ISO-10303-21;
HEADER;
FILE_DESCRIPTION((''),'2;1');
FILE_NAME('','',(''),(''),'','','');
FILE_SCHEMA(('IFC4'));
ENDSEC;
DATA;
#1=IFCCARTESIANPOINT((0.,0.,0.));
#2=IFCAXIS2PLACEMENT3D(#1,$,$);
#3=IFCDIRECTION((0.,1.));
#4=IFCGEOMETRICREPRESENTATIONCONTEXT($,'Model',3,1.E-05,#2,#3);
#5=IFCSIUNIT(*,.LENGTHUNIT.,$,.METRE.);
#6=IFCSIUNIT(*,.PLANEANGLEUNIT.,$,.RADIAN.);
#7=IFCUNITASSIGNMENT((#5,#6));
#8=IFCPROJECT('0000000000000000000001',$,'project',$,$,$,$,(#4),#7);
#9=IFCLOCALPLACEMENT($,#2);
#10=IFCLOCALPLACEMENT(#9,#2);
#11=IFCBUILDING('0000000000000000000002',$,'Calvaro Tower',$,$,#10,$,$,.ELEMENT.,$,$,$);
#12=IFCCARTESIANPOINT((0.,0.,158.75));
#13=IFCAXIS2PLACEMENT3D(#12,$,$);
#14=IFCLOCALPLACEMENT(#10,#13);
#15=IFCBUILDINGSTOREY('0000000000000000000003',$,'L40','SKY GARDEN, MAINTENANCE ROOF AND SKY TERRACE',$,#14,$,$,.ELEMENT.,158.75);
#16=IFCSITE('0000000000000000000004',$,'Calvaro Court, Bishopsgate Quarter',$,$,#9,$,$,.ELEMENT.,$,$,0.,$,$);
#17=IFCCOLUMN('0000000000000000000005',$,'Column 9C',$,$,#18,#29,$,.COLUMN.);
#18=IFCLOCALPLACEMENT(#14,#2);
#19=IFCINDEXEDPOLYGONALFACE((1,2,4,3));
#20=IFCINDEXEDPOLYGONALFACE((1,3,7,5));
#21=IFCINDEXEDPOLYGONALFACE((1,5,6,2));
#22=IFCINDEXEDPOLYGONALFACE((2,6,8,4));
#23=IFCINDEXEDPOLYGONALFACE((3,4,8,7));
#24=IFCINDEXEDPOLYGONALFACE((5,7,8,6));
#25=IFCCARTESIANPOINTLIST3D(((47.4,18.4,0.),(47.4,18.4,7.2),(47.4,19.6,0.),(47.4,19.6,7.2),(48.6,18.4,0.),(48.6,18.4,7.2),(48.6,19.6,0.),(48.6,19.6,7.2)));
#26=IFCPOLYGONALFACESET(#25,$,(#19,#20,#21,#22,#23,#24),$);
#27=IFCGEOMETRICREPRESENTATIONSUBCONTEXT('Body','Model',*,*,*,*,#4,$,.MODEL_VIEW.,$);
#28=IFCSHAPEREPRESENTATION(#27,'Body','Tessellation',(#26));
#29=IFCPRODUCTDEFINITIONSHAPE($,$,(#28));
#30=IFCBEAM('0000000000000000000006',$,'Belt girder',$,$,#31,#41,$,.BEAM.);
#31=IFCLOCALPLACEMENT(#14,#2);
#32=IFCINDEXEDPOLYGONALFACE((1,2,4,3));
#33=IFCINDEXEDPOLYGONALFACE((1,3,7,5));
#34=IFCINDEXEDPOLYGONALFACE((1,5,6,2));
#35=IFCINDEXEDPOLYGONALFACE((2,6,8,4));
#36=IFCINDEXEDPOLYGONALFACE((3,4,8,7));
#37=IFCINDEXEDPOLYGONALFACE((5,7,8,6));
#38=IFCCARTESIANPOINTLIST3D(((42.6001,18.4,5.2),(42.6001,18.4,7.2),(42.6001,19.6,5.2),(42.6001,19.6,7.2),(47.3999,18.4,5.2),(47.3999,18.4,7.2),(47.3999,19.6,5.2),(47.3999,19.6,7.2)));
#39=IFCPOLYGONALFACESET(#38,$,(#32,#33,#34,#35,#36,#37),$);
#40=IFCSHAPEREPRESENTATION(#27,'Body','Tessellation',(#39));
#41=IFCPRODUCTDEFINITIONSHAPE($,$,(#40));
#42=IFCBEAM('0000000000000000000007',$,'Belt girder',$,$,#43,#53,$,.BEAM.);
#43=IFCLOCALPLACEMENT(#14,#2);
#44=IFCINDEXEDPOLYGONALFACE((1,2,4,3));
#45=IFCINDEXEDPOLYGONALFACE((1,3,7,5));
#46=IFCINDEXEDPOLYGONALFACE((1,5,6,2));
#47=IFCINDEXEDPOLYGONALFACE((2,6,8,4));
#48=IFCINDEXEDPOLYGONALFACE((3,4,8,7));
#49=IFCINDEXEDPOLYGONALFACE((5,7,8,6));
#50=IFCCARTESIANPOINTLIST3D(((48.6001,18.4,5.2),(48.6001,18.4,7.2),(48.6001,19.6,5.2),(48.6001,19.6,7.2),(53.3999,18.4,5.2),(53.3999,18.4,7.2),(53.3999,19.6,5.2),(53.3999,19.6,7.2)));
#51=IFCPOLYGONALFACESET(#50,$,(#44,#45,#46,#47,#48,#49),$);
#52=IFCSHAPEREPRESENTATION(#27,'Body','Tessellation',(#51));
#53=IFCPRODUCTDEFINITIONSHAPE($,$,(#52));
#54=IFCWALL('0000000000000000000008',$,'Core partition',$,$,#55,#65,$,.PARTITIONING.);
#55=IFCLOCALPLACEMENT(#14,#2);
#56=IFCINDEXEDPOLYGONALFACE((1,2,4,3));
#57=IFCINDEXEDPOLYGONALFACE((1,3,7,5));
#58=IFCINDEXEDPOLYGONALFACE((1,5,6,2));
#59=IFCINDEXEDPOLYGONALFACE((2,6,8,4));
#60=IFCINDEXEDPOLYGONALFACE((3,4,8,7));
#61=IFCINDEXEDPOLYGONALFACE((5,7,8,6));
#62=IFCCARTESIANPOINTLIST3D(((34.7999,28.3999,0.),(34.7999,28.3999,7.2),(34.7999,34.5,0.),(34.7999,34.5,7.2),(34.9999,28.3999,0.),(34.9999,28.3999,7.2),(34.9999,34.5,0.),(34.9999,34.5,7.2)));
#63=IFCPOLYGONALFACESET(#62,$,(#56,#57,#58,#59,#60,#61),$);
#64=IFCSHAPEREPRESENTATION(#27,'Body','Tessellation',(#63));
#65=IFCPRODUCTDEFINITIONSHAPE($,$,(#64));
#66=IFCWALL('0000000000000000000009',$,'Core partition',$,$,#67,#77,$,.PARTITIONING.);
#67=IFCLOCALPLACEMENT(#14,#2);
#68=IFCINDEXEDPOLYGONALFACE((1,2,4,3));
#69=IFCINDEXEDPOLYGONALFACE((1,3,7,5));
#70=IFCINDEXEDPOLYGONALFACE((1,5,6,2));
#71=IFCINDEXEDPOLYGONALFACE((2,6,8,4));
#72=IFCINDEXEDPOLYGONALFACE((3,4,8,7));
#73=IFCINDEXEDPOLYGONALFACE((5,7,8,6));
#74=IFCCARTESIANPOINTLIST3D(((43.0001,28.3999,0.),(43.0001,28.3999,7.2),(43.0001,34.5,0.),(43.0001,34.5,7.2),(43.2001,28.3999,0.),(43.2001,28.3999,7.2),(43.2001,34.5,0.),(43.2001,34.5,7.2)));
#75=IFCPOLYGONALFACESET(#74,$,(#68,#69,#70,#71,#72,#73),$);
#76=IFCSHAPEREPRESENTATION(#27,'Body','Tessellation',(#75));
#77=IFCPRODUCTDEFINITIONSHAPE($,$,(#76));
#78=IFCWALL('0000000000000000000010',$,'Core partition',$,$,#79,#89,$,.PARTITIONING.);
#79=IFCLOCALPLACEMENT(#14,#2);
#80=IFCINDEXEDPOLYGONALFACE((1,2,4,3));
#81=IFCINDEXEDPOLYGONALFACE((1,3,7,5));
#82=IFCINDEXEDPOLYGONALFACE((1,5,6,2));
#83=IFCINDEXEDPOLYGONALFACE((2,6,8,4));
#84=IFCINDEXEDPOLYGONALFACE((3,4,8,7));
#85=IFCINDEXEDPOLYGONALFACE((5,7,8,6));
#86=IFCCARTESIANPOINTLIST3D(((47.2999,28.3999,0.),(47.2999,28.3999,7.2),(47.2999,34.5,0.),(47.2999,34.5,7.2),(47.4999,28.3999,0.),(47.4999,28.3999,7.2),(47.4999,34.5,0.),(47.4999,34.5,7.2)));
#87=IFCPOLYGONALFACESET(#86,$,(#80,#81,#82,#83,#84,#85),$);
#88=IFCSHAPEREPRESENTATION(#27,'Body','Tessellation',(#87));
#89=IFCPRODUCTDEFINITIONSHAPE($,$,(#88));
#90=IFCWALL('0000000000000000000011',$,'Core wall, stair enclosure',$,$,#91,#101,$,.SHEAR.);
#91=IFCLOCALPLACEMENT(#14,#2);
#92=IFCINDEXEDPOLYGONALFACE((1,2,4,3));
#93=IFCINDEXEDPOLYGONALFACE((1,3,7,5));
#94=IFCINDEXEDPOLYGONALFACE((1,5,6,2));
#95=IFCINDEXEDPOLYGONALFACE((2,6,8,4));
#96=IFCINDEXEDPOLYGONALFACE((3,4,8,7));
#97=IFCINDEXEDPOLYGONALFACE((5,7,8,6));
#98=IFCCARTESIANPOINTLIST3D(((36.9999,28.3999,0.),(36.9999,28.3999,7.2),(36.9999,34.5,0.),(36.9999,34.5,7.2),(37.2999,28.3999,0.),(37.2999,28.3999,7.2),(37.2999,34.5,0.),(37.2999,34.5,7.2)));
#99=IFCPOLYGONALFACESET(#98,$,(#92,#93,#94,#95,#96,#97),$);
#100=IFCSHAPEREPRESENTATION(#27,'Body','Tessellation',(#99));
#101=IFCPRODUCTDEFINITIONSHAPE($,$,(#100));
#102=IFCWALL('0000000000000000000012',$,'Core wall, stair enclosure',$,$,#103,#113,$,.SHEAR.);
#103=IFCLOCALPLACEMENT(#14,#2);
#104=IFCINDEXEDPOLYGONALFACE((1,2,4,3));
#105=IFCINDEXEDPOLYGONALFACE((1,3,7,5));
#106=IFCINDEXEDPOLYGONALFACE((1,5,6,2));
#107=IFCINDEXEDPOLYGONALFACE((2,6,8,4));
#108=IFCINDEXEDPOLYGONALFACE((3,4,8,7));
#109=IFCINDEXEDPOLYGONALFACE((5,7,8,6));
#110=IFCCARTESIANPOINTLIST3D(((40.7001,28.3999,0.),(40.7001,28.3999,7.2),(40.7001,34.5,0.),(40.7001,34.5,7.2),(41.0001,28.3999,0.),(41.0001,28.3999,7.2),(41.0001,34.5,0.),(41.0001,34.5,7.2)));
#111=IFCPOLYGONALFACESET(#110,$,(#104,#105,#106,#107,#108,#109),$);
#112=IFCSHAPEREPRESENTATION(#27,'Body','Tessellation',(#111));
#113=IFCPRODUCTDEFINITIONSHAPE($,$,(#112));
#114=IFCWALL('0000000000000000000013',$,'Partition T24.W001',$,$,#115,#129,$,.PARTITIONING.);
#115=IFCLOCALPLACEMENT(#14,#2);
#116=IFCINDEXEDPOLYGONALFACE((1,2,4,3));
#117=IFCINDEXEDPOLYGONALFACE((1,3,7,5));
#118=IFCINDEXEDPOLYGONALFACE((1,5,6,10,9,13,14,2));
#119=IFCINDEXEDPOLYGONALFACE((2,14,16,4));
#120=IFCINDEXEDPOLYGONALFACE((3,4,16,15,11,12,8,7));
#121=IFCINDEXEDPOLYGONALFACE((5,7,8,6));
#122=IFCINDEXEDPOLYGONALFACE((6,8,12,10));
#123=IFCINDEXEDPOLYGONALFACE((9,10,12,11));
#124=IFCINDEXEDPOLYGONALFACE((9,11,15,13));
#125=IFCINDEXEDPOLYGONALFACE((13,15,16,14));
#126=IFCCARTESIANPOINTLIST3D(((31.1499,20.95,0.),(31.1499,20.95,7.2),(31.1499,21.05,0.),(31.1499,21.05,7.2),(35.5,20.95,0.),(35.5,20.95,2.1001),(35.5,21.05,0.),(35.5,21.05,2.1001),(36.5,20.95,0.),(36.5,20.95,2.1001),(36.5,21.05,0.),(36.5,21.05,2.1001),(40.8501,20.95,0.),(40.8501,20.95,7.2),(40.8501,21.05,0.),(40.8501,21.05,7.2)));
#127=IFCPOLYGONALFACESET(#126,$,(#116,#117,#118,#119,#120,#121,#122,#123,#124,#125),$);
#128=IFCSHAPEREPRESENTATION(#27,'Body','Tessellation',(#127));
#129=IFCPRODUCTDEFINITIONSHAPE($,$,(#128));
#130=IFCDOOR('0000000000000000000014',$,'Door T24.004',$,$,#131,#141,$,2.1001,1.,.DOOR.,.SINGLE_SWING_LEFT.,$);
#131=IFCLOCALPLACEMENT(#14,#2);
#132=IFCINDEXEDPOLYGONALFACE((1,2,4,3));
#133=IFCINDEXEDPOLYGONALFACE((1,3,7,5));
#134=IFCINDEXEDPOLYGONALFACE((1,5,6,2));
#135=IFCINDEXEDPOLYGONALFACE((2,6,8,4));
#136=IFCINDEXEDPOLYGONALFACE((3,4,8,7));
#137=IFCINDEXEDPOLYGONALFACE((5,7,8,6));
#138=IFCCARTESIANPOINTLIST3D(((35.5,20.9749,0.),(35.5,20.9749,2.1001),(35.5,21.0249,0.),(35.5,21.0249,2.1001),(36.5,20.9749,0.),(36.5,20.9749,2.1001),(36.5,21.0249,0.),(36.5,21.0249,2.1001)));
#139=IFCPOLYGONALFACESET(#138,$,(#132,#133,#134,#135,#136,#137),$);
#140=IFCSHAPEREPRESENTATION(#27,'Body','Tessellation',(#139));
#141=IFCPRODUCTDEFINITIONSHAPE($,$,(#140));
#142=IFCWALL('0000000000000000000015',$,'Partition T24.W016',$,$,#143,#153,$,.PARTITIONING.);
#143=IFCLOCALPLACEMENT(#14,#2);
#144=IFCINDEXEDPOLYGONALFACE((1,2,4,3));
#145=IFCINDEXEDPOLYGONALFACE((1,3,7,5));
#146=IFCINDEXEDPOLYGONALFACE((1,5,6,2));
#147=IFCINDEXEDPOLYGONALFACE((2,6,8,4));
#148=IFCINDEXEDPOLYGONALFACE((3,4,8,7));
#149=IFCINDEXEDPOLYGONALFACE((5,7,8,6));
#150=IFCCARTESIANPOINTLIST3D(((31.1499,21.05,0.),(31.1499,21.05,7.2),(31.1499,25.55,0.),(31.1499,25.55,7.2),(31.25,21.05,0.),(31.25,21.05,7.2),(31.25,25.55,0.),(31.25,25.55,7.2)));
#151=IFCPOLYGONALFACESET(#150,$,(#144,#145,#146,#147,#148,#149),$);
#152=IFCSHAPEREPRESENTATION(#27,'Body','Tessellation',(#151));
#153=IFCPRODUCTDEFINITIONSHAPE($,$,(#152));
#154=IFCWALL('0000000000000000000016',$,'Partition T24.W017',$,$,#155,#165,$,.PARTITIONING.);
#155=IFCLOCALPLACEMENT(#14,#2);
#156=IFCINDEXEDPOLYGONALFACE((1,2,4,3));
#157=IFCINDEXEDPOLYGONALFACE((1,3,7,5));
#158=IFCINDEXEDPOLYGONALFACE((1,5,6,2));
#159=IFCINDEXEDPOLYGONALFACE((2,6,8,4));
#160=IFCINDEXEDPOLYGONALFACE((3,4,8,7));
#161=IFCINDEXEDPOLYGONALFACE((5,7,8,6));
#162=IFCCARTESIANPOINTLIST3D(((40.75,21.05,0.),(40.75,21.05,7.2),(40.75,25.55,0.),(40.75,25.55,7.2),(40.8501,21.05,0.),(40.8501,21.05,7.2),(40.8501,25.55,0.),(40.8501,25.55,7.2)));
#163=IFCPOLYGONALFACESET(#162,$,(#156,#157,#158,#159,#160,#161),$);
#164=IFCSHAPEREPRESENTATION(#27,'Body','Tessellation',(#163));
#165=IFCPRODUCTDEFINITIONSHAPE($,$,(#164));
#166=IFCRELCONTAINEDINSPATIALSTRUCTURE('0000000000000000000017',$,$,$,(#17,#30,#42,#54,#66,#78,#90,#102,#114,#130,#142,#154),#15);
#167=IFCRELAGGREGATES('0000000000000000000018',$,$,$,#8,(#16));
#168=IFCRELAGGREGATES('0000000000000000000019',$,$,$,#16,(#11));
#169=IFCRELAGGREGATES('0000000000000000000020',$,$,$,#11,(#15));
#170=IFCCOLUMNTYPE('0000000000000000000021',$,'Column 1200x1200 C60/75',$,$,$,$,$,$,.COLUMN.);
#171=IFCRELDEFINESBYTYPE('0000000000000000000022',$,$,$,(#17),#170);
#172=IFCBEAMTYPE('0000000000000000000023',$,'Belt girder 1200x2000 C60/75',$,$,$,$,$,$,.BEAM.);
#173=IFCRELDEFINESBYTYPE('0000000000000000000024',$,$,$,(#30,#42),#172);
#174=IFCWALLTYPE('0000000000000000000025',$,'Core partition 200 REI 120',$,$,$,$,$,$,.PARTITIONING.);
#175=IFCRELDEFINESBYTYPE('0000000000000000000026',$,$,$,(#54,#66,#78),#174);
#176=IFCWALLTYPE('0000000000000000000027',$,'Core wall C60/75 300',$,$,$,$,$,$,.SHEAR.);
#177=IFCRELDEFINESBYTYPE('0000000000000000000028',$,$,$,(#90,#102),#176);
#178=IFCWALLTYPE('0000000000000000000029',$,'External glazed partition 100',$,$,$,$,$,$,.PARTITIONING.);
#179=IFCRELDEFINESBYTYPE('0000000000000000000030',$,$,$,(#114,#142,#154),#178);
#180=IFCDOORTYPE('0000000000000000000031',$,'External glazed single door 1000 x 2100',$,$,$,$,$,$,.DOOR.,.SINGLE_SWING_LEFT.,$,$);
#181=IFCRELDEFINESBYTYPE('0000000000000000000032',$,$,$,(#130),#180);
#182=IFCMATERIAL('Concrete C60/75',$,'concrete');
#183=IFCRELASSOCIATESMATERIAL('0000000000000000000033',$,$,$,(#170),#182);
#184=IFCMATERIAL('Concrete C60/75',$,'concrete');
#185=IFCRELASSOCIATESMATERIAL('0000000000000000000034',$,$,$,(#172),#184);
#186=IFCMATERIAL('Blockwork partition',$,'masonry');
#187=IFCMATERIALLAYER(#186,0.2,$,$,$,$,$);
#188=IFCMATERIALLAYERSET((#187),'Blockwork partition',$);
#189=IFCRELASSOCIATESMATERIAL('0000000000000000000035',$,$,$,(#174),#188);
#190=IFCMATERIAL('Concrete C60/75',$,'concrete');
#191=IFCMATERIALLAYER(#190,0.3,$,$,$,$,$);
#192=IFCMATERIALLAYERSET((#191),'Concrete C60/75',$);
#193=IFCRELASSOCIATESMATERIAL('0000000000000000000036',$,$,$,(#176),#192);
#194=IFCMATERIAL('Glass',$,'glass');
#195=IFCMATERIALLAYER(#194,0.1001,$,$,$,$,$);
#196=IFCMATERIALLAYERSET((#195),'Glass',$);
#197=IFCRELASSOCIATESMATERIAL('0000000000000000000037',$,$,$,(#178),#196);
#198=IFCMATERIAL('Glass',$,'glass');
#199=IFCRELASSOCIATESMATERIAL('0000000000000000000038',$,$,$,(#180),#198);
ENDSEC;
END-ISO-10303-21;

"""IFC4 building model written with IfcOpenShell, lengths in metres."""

from ifc_helpers import new_model, si_unit, direction, frame, frame_2d, origin, origin_2d, place, context, subcontext, project, spatial, rectangle, extrude, material, layer, layer_set, material_profile, profile_set, type_object, element, fill, save


model = new_model("IFC4")

# Units and contexts
model_context = context("Model", 3, precision=1e-05, world=origin(), true_north=direction((0.0, 1.0)))
body_context = subcontext(model_context, "Body", "Model", "MODEL_VIEW")
ifc_project = project(units=[si_unit("LENGTHUNIT", "METRE"), si_unit("PLANEANGLEUNIT", "RADIAN")], contexts=[model_context])

# Site, building, storey
site_placement = place(None, origin())
site = spatial("IfcSite", under=ifc_project, at=site_placement, Name="Calvaro Court, Bishopsgate Quarter", CompositionType="ELEMENT", RefElevation=0.0)
building_placement = place(site_placement, origin())
building = spatial("IfcBuilding", under=site, at=building_placement, Name="Calvaro Tower", CompositionType="ELEMENT")
storey_placement = place(building_placement, frame((0.0, 0.0, 158.75)))
storey = spatial("IfcBuildingStorey", under=building, at=storey_placement, Name="L40", Description="SKY GARDEN, MAINTENANCE ROOF AND SKY TERRACE", CompositionType="ELEMENT", Elevation=158.75)

# Column
ifc_material_1 = material(Name="Concrete C60/75", Category="concrete")
ifc_material_profile_1 = material_profile(ifc_material_1, rectangle(XDim=1.2, YDim=1.2, at=origin_2d()), Name="RC 1200x1200")
ifc_profile_set_1 = profile_set([ifc_material_profile_1], Name="Concrete C60/75")
column_type = type_object("IfcColumnType", Name="Column 1200x1200 C60/75", PredefinedType="COLUMN", material=ifc_profile_set_1)
column_placement = place(storey_placement, frame((48.0, 19.0, 0.0), z_axis=(0.0, 0.0, 1.0), x_axis=(1.0, 0.0, 0.0)))
element("IfcColumn", 1, at=column_placement, inside=storey, type_object=column_type, Name="Column 9C", PredefinedType="COLUMN", context=body_context, shape_type="SweptSolid", body=[
    extrude(rectangle(XDim=1.2, YDim=1.2, at=origin_2d()), origin(), (0.0, 0.0, 1.0), 7.2),
])

# Beams
ifc_material_2 = material(Name="Concrete C60/75", Category="concrete")
ifc_material_profile_2 = material_profile(ifc_material_2, rectangle(XDim=1.2, YDim=2.0, at=origin_2d()), Name="RC 1200x2000")
ifc_profile_set_2 = profile_set([ifc_material_profile_2], Name="Concrete C60/75")
beam_type = type_object("IfcBeamType", Name="Belt girder 1200x2000 C60/75", PredefinedType="BEAM", material=ifc_profile_set_2)
for number, where, z_axis, x_axis, name in (
    (2, (42.6001, 19.0, 6.2), (1.0, 0.0, 0.0), (0.0, 1.0, 0.0), "Belt girder"),
    (3, (48.6001, 19.0, 6.2), (1.0, 0.0, 0.0), (0.0, 1.0, 0.0), "Belt girder"),
):
    element("IfcBeam", number, at=place(storey_placement, frame(where, z_axis=z_axis, x_axis=x_axis)), inside=storey, type_object=beam_type, Name=name, PredefinedType="BEAM", context=body_context, shape_type="SweptSolid", body=[
        extrude(rectangle(XDim=1.2, YDim=2.0, at=origin_2d()), origin(), (0.0, 0.0, 1.0), 4.7998),
    ])

# Walls
ifc_material_3 = material(Name="Blockwork partition", Category="masonry")
ifc_layer_1 = layer(ifc_material_3, 0.2)
ifc_layer_set_1 = layer_set([ifc_layer_1], Name="Blockwork partition")
wall_type_1 = type_object("IfcWallType", Name="Core partition 200 REI 120", PredefinedType="PARTITIONING", material=ifc_layer_set_1)
for number, where, z_axis, x_axis, name in (
    (4, (34.8999, 28.3999, 0.0), (0.0, 0.0, 1.0), (0.0, 1.0, 0.0), "Core partition"),
    (5, (43.1001, 28.3999, 0.0), (0.0, 0.0, 1.0), (0.0, 1.0, 0.0), "Core partition"),
    (6, (47.3999, 28.3999, 0.0), (0.0, 0.0, 1.0), (0.0, 1.0, 0.0), "Core partition"),
):
    element("IfcWall", number, at=place(storey_placement, frame(where, z_axis=z_axis, x_axis=x_axis)), inside=storey, type_object=wall_type_1, Name=name, PredefinedType="PARTITIONING", context=body_context, shape_type="SweptSolid", body=[
        extrude(rectangle(XDim=6.1001, YDim=0.2, at=frame_2d((3.05, 0.0))), origin(), (0.0, 0.0, 1.0), 7.2),
    ])
ifc_material_4 = material(Name="Concrete C60/75", Category="concrete")
ifc_layer_2 = layer(ifc_material_4, 0.3)
ifc_layer_set_2 = layer_set([ifc_layer_2], Name="Concrete C60/75")
wall_type_2 = type_object("IfcWallType", Name="Core wall C60/75 300", PredefinedType="SHEAR", material=ifc_layer_set_2)
for number, where, z_axis, x_axis, name in (
    (7, (37.1499, 28.3999, 0.0), (0.0, 0.0, 1.0), (0.0, 1.0, 0.0), "Core wall, stair enclosure"),
    (8, (40.8501, 28.3999, 0.0), (0.0, 0.0, 1.0), (0.0, 1.0, 0.0), "Core wall, stair enclosure"),
):
    element("IfcWall", number, at=place(storey_placement, frame(where, z_axis=z_axis, x_axis=x_axis)), inside=storey, type_object=wall_type_2, Name=name, PredefinedType="SHEAR", context=body_context, shape_type="SweptSolid", body=[
        extrude(rectangle(XDim=6.1001, YDim=0.3, at=frame_2d((3.05, 0.0))), origin(), (0.0, 0.0, 1.0), 7.2),
    ])

# Wall, opening, door
ifc_material_5 = material(Name="Glass", Category="glass")
ifc_layer_3 = layer(ifc_material_5, 0.1001)
ifc_layer_set_3 = layer_set([ifc_layer_3], Name="Glass")
wall_type_3 = type_object("IfcWallType", Name="External glazed partition 100", PredefinedType="PARTITIONING", material=ifc_layer_set_3)
wall_1_placement = place(storey_placement, frame((31.1499, 21.0, 0.0), z_axis=(0.0, 0.0, 1.0), x_axis=(1.0, 0.0, 0.0)))
wall_1 = element("IfcWall", 9, at=wall_1_placement, inside=storey, type_object=wall_type_3, Name="Partition T24.W001", PredefinedType="PARTITIONING", context=body_context, shape_type="SweptSolid", body=[
    extrude(rectangle(XDim=9.7002, YDim=0.1001, at=frame_2d((4.8501, 0.0))), origin(), (0.0, 0.0, 1.0), 7.2),
])
opening_1_placement = place(wall_1_placement, frame((4.3501, 0.0, 0.0)))
opening_1 = element("IfcOpeningElement", 10, at=opening_1_placement, cuts=wall_1, PredefinedType="OPENING", context=body_context, shape_type="SweptSolid", body=[
    extrude(rectangle(XDim=1.0, YDim=2.1001, at=frame_2d((0.5, 1.05))), frame((0.0, 0.0601, 0.0), z_axis=(0.0, -1.0, 0.0), x_axis=(1.0, 0.0, 0.0)), (0.0, 0.0, 1.0), 0.1201),
])
ifc_material_6 = material(Name="Glass", Category="glass")
door_type_1 = type_object("IfcDoorType", Name="External glazed single door 1000 x 2100", OperationType="SINGLE_SWING_LEFT", PredefinedType="DOOR", material=ifc_material_6)
door_1_placement = place(opening_1_placement, origin())
door_1 = element("IfcDoor", 11, at=door_1_placement, inside=storey, type_object=door_type_1, Name="Door T24.004", OperationType="SINGLE_SWING_LEFT", OverallHeight=2.1001, OverallWidth=1.0, PredefinedType="DOOR", context=body_context, shape_type="SweptSolid", body=[
    extrude(rectangle(XDim=1.0, YDim=2.1001, at=frame_2d((0.5, 1.05))), frame((0.0, 0.0249, 0.0), z_axis=(0.0, -1.0, 0.0), x_axis=(1.0, 0.0, 0.0)), (0.0, 0.0, 1.0), 0.05),
])
fill(opening_1, door_1)

# Walls
for number, where, z_axis, x_axis, name in (
    (12, (31.2, 21.05, 0.0), (0.0, 0.0, 1.0), (0.0, 1.0, 0.0), "Partition T24.W016"),
    (13, (40.8, 21.05, 0.0), (0.0, 0.0, 1.0), (0.0, 1.0, 0.0), "Partition T24.W017"),
):
    element("IfcWall", number, at=place(storey_placement, frame(where, z_axis=z_axis, x_axis=x_axis)), inside=storey, type_object=wall_type_3, Name=name, PredefinedType="PARTITIONING", context=body_context, shape_type="SweptSolid", body=[
        extrude(rectangle(XDim=4.5, YDim=0.1001, at=frame_2d((2.25, 0.0))), origin(), (0.0, 0.0, 1.0), 7.2),
    ])

save(model, "model.ifc")
